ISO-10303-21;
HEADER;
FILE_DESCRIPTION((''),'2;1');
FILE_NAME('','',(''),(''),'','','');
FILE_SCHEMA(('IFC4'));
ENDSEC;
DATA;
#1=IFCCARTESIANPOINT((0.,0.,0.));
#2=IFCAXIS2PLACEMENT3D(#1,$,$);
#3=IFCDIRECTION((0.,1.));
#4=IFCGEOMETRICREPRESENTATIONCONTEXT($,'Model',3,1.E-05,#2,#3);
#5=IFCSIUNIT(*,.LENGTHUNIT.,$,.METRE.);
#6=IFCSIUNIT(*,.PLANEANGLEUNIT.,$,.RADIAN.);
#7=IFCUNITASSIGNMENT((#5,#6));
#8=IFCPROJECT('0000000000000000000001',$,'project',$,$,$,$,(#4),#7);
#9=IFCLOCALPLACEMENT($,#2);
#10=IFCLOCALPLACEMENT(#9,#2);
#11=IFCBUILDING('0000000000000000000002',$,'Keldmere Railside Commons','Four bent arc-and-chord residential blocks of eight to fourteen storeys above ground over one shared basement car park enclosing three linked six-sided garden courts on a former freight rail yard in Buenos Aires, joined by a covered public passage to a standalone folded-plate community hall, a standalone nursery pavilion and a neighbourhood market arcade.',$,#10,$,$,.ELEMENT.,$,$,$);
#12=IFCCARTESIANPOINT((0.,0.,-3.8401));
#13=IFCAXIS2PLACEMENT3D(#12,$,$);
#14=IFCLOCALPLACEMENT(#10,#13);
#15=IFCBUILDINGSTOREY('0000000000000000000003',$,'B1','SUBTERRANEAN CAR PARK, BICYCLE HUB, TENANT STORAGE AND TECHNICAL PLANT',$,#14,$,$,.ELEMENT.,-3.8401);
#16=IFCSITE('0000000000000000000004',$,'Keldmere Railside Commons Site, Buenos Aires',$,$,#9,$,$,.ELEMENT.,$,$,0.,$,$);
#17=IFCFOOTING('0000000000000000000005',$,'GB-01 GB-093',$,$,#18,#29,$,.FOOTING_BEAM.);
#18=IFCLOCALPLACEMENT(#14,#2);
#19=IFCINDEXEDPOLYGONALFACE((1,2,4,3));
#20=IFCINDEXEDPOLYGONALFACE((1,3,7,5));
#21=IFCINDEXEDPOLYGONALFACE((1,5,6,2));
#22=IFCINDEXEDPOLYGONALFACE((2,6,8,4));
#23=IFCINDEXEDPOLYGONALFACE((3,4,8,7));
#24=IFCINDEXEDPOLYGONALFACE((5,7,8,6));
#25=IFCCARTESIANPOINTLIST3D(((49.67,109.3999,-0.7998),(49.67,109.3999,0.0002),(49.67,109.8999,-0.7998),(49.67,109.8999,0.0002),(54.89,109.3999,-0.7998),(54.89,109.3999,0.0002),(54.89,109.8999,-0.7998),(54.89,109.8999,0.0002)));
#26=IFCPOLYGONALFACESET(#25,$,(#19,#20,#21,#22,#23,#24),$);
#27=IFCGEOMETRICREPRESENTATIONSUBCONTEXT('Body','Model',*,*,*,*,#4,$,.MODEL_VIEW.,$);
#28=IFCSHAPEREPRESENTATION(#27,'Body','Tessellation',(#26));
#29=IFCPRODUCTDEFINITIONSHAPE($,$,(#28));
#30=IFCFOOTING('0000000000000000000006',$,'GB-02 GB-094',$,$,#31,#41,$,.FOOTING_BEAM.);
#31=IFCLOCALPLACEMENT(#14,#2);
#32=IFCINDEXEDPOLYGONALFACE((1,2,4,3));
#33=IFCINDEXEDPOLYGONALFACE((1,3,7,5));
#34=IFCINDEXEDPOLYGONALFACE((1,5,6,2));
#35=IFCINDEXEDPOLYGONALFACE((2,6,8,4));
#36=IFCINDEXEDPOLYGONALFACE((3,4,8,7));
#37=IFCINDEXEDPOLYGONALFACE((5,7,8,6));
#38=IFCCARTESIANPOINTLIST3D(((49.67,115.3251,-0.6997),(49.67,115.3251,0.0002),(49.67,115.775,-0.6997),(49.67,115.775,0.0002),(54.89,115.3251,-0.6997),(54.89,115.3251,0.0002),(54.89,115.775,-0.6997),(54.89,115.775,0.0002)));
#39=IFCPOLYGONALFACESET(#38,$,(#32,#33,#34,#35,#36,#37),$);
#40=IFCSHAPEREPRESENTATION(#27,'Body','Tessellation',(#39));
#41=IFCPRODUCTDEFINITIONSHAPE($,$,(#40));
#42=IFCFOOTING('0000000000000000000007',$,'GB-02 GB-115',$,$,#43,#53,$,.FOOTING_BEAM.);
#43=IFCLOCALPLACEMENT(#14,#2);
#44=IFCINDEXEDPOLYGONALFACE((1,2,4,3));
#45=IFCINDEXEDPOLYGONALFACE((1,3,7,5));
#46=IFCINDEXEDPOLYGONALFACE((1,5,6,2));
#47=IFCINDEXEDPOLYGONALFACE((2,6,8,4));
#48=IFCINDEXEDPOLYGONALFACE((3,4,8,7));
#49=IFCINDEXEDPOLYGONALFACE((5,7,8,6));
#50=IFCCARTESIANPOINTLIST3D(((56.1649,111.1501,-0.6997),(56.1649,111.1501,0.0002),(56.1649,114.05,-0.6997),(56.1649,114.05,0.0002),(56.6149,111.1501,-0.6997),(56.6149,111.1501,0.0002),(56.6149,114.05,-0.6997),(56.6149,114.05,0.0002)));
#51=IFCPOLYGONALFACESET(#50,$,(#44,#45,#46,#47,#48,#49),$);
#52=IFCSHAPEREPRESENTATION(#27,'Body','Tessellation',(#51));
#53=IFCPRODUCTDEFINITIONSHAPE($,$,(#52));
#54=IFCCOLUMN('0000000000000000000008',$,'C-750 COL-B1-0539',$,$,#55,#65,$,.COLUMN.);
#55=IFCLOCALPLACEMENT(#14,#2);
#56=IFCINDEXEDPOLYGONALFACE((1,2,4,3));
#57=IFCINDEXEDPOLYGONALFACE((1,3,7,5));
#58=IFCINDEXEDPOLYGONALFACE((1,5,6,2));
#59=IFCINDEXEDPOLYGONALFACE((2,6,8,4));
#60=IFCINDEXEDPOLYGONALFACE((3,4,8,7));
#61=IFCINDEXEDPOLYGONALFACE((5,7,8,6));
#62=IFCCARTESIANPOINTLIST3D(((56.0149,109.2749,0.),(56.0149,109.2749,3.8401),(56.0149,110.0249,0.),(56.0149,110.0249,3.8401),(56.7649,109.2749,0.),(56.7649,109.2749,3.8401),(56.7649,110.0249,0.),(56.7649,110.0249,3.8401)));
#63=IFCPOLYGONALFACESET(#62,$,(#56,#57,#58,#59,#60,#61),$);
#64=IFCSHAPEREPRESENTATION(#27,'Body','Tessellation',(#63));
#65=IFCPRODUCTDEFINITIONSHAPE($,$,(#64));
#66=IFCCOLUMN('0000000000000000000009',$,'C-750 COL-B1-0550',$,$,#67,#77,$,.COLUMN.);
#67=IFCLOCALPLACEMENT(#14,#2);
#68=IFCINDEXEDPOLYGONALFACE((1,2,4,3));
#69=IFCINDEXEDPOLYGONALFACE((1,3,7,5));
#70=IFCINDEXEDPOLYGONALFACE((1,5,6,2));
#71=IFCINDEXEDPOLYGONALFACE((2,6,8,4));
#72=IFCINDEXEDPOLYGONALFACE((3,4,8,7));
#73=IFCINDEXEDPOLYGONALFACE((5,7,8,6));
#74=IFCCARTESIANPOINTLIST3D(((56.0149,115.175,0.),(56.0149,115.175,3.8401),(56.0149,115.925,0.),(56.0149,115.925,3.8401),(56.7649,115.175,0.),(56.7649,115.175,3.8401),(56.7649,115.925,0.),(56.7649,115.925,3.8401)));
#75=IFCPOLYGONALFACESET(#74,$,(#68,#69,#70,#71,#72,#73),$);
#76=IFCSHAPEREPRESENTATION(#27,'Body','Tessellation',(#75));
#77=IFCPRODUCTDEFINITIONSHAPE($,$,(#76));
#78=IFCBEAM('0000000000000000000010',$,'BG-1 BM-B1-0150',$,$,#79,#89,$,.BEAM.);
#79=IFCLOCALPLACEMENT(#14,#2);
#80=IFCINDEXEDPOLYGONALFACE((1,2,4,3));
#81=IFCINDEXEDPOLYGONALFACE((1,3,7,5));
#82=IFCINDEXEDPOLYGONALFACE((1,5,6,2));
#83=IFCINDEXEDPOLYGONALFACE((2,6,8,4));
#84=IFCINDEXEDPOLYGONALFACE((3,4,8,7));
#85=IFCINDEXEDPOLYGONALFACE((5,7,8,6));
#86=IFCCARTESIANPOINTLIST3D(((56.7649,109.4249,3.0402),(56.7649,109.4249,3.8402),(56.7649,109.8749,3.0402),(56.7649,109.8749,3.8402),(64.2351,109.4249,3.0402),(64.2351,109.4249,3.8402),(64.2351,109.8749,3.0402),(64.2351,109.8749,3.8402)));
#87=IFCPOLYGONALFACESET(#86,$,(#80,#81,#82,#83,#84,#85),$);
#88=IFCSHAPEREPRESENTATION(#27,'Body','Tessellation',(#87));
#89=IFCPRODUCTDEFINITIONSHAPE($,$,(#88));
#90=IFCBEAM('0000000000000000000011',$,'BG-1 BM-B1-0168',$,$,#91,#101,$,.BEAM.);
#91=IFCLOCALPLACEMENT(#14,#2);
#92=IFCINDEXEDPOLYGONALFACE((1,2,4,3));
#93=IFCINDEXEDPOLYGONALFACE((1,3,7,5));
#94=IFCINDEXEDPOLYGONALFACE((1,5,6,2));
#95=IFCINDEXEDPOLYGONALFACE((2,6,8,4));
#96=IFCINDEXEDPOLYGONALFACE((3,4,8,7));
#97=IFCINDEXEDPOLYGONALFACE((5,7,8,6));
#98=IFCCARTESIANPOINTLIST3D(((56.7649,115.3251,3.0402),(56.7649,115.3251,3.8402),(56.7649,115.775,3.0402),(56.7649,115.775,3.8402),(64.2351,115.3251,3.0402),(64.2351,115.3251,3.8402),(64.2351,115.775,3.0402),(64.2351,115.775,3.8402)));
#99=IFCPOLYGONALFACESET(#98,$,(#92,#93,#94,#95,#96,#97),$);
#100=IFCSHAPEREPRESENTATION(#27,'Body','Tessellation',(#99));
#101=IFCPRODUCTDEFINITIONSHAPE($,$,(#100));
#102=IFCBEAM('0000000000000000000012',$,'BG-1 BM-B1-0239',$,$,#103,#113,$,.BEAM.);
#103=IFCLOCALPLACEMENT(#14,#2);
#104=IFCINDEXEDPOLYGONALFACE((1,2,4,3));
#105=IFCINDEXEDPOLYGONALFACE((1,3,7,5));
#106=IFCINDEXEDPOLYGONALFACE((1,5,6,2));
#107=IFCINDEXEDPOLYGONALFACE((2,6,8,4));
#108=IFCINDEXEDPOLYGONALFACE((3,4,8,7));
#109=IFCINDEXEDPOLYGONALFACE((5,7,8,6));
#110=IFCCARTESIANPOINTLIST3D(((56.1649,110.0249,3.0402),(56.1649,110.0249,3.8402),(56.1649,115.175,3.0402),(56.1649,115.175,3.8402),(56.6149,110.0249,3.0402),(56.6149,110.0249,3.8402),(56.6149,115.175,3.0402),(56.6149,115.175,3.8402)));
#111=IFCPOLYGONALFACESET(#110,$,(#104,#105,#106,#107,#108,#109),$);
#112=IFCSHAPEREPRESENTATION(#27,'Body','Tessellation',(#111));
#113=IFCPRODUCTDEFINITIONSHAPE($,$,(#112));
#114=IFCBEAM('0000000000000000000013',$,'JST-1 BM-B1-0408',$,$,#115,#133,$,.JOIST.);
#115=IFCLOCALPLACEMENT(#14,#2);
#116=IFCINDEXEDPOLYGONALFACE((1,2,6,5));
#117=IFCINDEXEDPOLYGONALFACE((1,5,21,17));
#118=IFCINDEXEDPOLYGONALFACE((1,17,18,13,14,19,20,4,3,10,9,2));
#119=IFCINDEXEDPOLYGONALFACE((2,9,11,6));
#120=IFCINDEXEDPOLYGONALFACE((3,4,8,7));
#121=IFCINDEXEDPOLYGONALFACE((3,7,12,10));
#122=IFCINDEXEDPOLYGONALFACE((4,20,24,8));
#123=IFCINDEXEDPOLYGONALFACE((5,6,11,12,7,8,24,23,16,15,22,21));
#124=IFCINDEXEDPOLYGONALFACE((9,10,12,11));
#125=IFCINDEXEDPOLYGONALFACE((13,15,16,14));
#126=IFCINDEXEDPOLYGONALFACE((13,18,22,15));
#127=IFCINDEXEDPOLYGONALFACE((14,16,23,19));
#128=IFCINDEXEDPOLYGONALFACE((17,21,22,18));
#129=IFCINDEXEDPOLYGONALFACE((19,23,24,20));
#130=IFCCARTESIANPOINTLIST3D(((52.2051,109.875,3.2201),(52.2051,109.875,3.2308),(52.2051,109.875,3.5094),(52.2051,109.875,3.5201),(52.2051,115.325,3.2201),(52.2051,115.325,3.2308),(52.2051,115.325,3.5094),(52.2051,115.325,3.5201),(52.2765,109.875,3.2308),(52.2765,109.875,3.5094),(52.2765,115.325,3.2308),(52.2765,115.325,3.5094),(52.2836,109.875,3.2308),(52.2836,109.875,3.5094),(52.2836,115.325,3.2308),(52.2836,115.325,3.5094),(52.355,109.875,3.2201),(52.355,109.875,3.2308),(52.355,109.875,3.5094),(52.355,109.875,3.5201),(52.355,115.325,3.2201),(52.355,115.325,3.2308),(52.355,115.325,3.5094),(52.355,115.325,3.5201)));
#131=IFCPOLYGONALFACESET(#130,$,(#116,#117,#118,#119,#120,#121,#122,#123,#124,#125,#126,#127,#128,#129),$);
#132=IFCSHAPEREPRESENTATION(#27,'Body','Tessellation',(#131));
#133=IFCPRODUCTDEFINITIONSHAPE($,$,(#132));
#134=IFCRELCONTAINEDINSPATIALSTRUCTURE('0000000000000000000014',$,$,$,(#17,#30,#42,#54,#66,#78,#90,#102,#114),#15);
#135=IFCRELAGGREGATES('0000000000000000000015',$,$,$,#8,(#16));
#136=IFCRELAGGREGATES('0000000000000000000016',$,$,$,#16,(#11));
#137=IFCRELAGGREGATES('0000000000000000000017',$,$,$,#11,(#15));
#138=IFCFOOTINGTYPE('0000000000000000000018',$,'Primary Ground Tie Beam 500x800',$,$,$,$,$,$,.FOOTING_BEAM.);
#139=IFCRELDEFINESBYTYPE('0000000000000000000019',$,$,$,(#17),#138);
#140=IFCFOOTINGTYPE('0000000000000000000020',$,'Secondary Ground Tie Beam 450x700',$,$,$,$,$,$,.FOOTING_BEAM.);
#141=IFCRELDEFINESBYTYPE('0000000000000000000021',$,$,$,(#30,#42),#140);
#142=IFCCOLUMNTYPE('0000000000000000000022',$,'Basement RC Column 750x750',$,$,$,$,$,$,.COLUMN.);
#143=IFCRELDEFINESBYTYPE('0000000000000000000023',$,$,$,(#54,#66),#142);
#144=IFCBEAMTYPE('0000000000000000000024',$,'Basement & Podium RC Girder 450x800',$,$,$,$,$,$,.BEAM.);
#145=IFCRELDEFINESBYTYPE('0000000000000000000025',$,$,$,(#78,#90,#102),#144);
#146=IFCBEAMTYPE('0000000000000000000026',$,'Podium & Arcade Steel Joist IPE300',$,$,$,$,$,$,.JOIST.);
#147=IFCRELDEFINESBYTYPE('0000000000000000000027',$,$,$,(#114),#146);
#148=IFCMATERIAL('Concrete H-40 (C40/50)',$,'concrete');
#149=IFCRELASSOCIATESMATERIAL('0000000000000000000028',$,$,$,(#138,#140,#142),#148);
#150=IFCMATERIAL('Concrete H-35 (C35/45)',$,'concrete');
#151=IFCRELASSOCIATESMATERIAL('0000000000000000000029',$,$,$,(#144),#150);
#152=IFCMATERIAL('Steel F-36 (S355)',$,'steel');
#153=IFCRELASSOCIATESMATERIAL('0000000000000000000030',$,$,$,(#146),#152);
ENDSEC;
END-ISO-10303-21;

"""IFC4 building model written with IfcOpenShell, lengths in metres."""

from ifc_helpers import new_model, si_unit, direction, frame, origin, origin_2d, place, context, subcontext, project, spatial, rectangle, i_section, extrude, material, material_profile, profile_set, type_object, element, save


model = new_model("IFC4")

# Units and contexts
model_context = context("Model", 3, precision=1e-05, world=origin(), true_north=direction((0.0, 1.0)))
body_context = subcontext(model_context, "Body", "Model", "MODEL_VIEW")
ifc_project = project(units=[si_unit("LENGTHUNIT", "METRE"), si_unit("PLANEANGLEUNIT", "RADIAN")], contexts=[model_context])

# Site, building, storey
site_placement = place(None, origin())
site = spatial("IfcSite", under=ifc_project, at=site_placement, Name="Keldmere Railside Commons Site, Buenos Aires", CompositionType="ELEMENT", RefElevation=0.0)
building_placement = place(site_placement, origin())
building = spatial("IfcBuilding", under=site, at=building_placement, Name="Keldmere Railside Commons", Description="Four bent arc-and-chord residential blocks of eight to fourteen storeys above ground over one shared basement car park enclosing three linked six-sided garden courts on a former freight rail yard in Buenos Aires, joined by a covered public passage to a standalone folded-plate community hall, a standalone nursery pavilion and a neighbourhood market arcade.", CompositionType="ELEMENT")
storey_placement = place(building_placement, frame((0.0, 0.0, -3.8401)))
storey = spatial("IfcBuildingStorey", under=building, at=storey_placement, Name="B1", Description="SUBTERRANEAN CAR PARK, BICYCLE HUB, TENANT STORAGE AND TECHNICAL PLANT", CompositionType="ELEMENT", Elevation=-3.8401)

# Footings
ifc_material_1 = material(Name="Concrete H-40 (C40/50)", Category="concrete")
footing_type_1 = type_object("IfcFootingType", Name="Primary Ground Tie Beam 500x800", PredefinedType="FOOTING_BEAM", material=ifc_material_1)
footing_1_placement = place(storey_placement, frame((52.28, 109.6499, -0.7998), z_axis=(0.0, 0.0, 1.0), x_axis=(1.0, 0.0, 0.0)))
element("IfcFooting", 1, at=footing_1_placement, inside=storey, type_object=footing_type_1, Name="GB-01 GB-093", PredefinedType="FOOTING_BEAM", context=body_context, shape_type="SweptSolid", body=[
    extrude(rectangle(XDim=5.22, YDim=0.5, at=origin_2d()), origin(), (0.0, 0.0, 1.0), 0.8),
])
footing_type_2 = type_object("IfcFootingType", Name="Secondary Ground Tie Beam 450x700", PredefinedType="FOOTING_BEAM", material=ifc_material_1)
footing_2_placement = place(storey_placement, frame((52.28, 115.55, -0.6997), z_axis=(0.0, 0.0, 1.0), x_axis=(1.0, 0.0, 0.0)))
element("IfcFooting", 2, at=footing_2_placement, inside=storey, type_object=footing_type_2, Name="GB-02 GB-094", PredefinedType="FOOTING_BEAM", context=body_context, shape_type="SweptSolid", body=[
    extrude(rectangle(XDim=5.22, YDim=0.45, at=origin_2d()), origin(), (0.0, 0.0, 1.0), 0.7),
])
footing_3_placement = place(storey_placement, frame((56.3899, 112.6001, -0.6997), z_axis=(0.0, 0.0, 1.0), x_axis=(0.0, 1.0, 0.0)))
element("IfcFooting", 3, at=footing_3_placement, inside=storey, type_object=footing_type_2, Name="GB-02 GB-115", PredefinedType="FOOTING_BEAM", context=body_context, shape_type="SweptSolid", body=[
    extrude(rectangle(XDim=2.8999, YDim=0.45, at=origin_2d()), origin(), (0.0, 0.0, 1.0), 0.7),
])

# Columns
ifc_material_profile_1 = material_profile(ifc_material_1, rectangle(XDim=0.75, YDim=0.75, at=origin_2d()), Name="RC-750x750")
ifc_profile_set_1 = profile_set([ifc_material_profile_1], Name="Concrete H-40 (C40/50)")
column_type = type_object("IfcColumnType", Name="Basement RC Column 750x750", PredefinedType="COLUMN", material=ifc_profile_set_1)
for number, where, z_axis, x_axis, name in (
    (4, (56.3899, 109.6499, 0.0), (0.0, 0.0, 1.0), (1.0, 0.0, 0.0), "C-750 COL-B1-0539"),
    (5, (56.3899, 115.55, 0.0), (0.0, 0.0, 1.0), (1.0, 0.0, 0.0), "C-750 COL-B1-0550"),
):
    element("IfcColumn", number, at=place(storey_placement, frame(where, z_axis=z_axis, x_axis=x_axis)), inside=storey, type_object=column_type, Name=name, PredefinedType="COLUMN", context=body_context, shape_type="SweptSolid", body=[
        extrude(rectangle(XDim=0.75, YDim=0.75, at=origin_2d()), origin(), (0.0, 0.0, 1.0), 3.8401),
    ])

# Beams
ifc_material_2 = material(Name="Concrete H-35 (C35/45)", Category="concrete")
ifc_material_profile_2 = material_profile(ifc_material_2, rectangle(XDim=0.45, YDim=0.8, at=origin_2d()), Name="RC-450x800")
ifc_profile_set_2 = profile_set([ifc_material_profile_2], Name="Concrete H-35 (C35/45)")
beam_type_1 = type_object("IfcBeamType", Name="Basement & Podium RC Girder 450x800", PredefinedType="BEAM", material=ifc_profile_set_2)
for number, where, z_axis, x_axis, name in (
    (6, (56.7649, 109.6499, 3.4402), (1.0, 0.0, 0.0), (0.0, 1.0, 0.0), "BG-1 BM-B1-0150"),
    (7, (56.7649, 115.55, 3.4402), (1.0, 0.0, 0.0), (0.0, 1.0, 0.0), "BG-1 BM-B1-0168"),
):
    element("IfcBeam", number, at=place(storey_placement, frame(where, z_axis=z_axis, x_axis=x_axis)), inside=storey, type_object=beam_type_1, Name=name, PredefinedType="BEAM", context=body_context, shape_type="SweptSolid", body=[
        extrude(rectangle(XDim=0.45, YDim=0.8, at=origin_2d()), origin(), (0.0, 0.0, 1.0), 7.4702),
    ])
beam_1_placement = place(storey_placement, frame((56.3899, 110.0249, 3.4402), z_axis=(0.0, 1.0, 0.0), x_axis=(-1.0, 0.0, 0.0)))
element("IfcBeam", 8, at=beam_1_placement, inside=storey, type_object=beam_type_1, Name="BG-1 BM-B1-0239", PredefinedType="BEAM", context=body_context, shape_type="SweptSolid", body=[
    extrude(rectangle(XDim=0.45, YDim=0.8, at=origin_2d()), origin(), (0.0, 0.0, 1.0), 5.1501),
])
ifc_material_3 = material(Name="Steel F-36 (S355)", Category="steel")
ifc_material_profile_3 = material_profile(ifc_material_3, i_section(OverallWidth=0.1499, OverallDepth=0.3, WebThickness=0.0071, FlangeThickness=0.0107, at=origin_2d()), Name="IPE-300")
ifc_profile_set_3 = profile_set([ifc_material_profile_3], Name="Steel F-36 (S355)")
beam_type_2 = type_object("IfcBeamType", Name="Podium & Arcade Steel Joist IPE300", PredefinedType="JOIST", material=ifc_profile_set_3)
beam_2_placement = place(storey_placement, frame((52.28, 109.875, 3.3701), z_axis=(0.0, 1.0, 0.0), x_axis=(-1.0, 0.0, 0.0)))
element("IfcBeam", 9, at=beam_2_placement, inside=storey, type_object=beam_type_2, Name="JST-1 BM-B1-0408", PredefinedType="JOIST", context=body_context, shape_type="SweptSolid", body=[
    extrude(i_section(OverallWidth=0.1499, OverallDepth=0.3, WebThickness=0.0071, FlangeThickness=0.0107, at=origin_2d()), origin(), (0.0, 0.0, 1.0), 5.45),
])

save(model, "model.ifc")
